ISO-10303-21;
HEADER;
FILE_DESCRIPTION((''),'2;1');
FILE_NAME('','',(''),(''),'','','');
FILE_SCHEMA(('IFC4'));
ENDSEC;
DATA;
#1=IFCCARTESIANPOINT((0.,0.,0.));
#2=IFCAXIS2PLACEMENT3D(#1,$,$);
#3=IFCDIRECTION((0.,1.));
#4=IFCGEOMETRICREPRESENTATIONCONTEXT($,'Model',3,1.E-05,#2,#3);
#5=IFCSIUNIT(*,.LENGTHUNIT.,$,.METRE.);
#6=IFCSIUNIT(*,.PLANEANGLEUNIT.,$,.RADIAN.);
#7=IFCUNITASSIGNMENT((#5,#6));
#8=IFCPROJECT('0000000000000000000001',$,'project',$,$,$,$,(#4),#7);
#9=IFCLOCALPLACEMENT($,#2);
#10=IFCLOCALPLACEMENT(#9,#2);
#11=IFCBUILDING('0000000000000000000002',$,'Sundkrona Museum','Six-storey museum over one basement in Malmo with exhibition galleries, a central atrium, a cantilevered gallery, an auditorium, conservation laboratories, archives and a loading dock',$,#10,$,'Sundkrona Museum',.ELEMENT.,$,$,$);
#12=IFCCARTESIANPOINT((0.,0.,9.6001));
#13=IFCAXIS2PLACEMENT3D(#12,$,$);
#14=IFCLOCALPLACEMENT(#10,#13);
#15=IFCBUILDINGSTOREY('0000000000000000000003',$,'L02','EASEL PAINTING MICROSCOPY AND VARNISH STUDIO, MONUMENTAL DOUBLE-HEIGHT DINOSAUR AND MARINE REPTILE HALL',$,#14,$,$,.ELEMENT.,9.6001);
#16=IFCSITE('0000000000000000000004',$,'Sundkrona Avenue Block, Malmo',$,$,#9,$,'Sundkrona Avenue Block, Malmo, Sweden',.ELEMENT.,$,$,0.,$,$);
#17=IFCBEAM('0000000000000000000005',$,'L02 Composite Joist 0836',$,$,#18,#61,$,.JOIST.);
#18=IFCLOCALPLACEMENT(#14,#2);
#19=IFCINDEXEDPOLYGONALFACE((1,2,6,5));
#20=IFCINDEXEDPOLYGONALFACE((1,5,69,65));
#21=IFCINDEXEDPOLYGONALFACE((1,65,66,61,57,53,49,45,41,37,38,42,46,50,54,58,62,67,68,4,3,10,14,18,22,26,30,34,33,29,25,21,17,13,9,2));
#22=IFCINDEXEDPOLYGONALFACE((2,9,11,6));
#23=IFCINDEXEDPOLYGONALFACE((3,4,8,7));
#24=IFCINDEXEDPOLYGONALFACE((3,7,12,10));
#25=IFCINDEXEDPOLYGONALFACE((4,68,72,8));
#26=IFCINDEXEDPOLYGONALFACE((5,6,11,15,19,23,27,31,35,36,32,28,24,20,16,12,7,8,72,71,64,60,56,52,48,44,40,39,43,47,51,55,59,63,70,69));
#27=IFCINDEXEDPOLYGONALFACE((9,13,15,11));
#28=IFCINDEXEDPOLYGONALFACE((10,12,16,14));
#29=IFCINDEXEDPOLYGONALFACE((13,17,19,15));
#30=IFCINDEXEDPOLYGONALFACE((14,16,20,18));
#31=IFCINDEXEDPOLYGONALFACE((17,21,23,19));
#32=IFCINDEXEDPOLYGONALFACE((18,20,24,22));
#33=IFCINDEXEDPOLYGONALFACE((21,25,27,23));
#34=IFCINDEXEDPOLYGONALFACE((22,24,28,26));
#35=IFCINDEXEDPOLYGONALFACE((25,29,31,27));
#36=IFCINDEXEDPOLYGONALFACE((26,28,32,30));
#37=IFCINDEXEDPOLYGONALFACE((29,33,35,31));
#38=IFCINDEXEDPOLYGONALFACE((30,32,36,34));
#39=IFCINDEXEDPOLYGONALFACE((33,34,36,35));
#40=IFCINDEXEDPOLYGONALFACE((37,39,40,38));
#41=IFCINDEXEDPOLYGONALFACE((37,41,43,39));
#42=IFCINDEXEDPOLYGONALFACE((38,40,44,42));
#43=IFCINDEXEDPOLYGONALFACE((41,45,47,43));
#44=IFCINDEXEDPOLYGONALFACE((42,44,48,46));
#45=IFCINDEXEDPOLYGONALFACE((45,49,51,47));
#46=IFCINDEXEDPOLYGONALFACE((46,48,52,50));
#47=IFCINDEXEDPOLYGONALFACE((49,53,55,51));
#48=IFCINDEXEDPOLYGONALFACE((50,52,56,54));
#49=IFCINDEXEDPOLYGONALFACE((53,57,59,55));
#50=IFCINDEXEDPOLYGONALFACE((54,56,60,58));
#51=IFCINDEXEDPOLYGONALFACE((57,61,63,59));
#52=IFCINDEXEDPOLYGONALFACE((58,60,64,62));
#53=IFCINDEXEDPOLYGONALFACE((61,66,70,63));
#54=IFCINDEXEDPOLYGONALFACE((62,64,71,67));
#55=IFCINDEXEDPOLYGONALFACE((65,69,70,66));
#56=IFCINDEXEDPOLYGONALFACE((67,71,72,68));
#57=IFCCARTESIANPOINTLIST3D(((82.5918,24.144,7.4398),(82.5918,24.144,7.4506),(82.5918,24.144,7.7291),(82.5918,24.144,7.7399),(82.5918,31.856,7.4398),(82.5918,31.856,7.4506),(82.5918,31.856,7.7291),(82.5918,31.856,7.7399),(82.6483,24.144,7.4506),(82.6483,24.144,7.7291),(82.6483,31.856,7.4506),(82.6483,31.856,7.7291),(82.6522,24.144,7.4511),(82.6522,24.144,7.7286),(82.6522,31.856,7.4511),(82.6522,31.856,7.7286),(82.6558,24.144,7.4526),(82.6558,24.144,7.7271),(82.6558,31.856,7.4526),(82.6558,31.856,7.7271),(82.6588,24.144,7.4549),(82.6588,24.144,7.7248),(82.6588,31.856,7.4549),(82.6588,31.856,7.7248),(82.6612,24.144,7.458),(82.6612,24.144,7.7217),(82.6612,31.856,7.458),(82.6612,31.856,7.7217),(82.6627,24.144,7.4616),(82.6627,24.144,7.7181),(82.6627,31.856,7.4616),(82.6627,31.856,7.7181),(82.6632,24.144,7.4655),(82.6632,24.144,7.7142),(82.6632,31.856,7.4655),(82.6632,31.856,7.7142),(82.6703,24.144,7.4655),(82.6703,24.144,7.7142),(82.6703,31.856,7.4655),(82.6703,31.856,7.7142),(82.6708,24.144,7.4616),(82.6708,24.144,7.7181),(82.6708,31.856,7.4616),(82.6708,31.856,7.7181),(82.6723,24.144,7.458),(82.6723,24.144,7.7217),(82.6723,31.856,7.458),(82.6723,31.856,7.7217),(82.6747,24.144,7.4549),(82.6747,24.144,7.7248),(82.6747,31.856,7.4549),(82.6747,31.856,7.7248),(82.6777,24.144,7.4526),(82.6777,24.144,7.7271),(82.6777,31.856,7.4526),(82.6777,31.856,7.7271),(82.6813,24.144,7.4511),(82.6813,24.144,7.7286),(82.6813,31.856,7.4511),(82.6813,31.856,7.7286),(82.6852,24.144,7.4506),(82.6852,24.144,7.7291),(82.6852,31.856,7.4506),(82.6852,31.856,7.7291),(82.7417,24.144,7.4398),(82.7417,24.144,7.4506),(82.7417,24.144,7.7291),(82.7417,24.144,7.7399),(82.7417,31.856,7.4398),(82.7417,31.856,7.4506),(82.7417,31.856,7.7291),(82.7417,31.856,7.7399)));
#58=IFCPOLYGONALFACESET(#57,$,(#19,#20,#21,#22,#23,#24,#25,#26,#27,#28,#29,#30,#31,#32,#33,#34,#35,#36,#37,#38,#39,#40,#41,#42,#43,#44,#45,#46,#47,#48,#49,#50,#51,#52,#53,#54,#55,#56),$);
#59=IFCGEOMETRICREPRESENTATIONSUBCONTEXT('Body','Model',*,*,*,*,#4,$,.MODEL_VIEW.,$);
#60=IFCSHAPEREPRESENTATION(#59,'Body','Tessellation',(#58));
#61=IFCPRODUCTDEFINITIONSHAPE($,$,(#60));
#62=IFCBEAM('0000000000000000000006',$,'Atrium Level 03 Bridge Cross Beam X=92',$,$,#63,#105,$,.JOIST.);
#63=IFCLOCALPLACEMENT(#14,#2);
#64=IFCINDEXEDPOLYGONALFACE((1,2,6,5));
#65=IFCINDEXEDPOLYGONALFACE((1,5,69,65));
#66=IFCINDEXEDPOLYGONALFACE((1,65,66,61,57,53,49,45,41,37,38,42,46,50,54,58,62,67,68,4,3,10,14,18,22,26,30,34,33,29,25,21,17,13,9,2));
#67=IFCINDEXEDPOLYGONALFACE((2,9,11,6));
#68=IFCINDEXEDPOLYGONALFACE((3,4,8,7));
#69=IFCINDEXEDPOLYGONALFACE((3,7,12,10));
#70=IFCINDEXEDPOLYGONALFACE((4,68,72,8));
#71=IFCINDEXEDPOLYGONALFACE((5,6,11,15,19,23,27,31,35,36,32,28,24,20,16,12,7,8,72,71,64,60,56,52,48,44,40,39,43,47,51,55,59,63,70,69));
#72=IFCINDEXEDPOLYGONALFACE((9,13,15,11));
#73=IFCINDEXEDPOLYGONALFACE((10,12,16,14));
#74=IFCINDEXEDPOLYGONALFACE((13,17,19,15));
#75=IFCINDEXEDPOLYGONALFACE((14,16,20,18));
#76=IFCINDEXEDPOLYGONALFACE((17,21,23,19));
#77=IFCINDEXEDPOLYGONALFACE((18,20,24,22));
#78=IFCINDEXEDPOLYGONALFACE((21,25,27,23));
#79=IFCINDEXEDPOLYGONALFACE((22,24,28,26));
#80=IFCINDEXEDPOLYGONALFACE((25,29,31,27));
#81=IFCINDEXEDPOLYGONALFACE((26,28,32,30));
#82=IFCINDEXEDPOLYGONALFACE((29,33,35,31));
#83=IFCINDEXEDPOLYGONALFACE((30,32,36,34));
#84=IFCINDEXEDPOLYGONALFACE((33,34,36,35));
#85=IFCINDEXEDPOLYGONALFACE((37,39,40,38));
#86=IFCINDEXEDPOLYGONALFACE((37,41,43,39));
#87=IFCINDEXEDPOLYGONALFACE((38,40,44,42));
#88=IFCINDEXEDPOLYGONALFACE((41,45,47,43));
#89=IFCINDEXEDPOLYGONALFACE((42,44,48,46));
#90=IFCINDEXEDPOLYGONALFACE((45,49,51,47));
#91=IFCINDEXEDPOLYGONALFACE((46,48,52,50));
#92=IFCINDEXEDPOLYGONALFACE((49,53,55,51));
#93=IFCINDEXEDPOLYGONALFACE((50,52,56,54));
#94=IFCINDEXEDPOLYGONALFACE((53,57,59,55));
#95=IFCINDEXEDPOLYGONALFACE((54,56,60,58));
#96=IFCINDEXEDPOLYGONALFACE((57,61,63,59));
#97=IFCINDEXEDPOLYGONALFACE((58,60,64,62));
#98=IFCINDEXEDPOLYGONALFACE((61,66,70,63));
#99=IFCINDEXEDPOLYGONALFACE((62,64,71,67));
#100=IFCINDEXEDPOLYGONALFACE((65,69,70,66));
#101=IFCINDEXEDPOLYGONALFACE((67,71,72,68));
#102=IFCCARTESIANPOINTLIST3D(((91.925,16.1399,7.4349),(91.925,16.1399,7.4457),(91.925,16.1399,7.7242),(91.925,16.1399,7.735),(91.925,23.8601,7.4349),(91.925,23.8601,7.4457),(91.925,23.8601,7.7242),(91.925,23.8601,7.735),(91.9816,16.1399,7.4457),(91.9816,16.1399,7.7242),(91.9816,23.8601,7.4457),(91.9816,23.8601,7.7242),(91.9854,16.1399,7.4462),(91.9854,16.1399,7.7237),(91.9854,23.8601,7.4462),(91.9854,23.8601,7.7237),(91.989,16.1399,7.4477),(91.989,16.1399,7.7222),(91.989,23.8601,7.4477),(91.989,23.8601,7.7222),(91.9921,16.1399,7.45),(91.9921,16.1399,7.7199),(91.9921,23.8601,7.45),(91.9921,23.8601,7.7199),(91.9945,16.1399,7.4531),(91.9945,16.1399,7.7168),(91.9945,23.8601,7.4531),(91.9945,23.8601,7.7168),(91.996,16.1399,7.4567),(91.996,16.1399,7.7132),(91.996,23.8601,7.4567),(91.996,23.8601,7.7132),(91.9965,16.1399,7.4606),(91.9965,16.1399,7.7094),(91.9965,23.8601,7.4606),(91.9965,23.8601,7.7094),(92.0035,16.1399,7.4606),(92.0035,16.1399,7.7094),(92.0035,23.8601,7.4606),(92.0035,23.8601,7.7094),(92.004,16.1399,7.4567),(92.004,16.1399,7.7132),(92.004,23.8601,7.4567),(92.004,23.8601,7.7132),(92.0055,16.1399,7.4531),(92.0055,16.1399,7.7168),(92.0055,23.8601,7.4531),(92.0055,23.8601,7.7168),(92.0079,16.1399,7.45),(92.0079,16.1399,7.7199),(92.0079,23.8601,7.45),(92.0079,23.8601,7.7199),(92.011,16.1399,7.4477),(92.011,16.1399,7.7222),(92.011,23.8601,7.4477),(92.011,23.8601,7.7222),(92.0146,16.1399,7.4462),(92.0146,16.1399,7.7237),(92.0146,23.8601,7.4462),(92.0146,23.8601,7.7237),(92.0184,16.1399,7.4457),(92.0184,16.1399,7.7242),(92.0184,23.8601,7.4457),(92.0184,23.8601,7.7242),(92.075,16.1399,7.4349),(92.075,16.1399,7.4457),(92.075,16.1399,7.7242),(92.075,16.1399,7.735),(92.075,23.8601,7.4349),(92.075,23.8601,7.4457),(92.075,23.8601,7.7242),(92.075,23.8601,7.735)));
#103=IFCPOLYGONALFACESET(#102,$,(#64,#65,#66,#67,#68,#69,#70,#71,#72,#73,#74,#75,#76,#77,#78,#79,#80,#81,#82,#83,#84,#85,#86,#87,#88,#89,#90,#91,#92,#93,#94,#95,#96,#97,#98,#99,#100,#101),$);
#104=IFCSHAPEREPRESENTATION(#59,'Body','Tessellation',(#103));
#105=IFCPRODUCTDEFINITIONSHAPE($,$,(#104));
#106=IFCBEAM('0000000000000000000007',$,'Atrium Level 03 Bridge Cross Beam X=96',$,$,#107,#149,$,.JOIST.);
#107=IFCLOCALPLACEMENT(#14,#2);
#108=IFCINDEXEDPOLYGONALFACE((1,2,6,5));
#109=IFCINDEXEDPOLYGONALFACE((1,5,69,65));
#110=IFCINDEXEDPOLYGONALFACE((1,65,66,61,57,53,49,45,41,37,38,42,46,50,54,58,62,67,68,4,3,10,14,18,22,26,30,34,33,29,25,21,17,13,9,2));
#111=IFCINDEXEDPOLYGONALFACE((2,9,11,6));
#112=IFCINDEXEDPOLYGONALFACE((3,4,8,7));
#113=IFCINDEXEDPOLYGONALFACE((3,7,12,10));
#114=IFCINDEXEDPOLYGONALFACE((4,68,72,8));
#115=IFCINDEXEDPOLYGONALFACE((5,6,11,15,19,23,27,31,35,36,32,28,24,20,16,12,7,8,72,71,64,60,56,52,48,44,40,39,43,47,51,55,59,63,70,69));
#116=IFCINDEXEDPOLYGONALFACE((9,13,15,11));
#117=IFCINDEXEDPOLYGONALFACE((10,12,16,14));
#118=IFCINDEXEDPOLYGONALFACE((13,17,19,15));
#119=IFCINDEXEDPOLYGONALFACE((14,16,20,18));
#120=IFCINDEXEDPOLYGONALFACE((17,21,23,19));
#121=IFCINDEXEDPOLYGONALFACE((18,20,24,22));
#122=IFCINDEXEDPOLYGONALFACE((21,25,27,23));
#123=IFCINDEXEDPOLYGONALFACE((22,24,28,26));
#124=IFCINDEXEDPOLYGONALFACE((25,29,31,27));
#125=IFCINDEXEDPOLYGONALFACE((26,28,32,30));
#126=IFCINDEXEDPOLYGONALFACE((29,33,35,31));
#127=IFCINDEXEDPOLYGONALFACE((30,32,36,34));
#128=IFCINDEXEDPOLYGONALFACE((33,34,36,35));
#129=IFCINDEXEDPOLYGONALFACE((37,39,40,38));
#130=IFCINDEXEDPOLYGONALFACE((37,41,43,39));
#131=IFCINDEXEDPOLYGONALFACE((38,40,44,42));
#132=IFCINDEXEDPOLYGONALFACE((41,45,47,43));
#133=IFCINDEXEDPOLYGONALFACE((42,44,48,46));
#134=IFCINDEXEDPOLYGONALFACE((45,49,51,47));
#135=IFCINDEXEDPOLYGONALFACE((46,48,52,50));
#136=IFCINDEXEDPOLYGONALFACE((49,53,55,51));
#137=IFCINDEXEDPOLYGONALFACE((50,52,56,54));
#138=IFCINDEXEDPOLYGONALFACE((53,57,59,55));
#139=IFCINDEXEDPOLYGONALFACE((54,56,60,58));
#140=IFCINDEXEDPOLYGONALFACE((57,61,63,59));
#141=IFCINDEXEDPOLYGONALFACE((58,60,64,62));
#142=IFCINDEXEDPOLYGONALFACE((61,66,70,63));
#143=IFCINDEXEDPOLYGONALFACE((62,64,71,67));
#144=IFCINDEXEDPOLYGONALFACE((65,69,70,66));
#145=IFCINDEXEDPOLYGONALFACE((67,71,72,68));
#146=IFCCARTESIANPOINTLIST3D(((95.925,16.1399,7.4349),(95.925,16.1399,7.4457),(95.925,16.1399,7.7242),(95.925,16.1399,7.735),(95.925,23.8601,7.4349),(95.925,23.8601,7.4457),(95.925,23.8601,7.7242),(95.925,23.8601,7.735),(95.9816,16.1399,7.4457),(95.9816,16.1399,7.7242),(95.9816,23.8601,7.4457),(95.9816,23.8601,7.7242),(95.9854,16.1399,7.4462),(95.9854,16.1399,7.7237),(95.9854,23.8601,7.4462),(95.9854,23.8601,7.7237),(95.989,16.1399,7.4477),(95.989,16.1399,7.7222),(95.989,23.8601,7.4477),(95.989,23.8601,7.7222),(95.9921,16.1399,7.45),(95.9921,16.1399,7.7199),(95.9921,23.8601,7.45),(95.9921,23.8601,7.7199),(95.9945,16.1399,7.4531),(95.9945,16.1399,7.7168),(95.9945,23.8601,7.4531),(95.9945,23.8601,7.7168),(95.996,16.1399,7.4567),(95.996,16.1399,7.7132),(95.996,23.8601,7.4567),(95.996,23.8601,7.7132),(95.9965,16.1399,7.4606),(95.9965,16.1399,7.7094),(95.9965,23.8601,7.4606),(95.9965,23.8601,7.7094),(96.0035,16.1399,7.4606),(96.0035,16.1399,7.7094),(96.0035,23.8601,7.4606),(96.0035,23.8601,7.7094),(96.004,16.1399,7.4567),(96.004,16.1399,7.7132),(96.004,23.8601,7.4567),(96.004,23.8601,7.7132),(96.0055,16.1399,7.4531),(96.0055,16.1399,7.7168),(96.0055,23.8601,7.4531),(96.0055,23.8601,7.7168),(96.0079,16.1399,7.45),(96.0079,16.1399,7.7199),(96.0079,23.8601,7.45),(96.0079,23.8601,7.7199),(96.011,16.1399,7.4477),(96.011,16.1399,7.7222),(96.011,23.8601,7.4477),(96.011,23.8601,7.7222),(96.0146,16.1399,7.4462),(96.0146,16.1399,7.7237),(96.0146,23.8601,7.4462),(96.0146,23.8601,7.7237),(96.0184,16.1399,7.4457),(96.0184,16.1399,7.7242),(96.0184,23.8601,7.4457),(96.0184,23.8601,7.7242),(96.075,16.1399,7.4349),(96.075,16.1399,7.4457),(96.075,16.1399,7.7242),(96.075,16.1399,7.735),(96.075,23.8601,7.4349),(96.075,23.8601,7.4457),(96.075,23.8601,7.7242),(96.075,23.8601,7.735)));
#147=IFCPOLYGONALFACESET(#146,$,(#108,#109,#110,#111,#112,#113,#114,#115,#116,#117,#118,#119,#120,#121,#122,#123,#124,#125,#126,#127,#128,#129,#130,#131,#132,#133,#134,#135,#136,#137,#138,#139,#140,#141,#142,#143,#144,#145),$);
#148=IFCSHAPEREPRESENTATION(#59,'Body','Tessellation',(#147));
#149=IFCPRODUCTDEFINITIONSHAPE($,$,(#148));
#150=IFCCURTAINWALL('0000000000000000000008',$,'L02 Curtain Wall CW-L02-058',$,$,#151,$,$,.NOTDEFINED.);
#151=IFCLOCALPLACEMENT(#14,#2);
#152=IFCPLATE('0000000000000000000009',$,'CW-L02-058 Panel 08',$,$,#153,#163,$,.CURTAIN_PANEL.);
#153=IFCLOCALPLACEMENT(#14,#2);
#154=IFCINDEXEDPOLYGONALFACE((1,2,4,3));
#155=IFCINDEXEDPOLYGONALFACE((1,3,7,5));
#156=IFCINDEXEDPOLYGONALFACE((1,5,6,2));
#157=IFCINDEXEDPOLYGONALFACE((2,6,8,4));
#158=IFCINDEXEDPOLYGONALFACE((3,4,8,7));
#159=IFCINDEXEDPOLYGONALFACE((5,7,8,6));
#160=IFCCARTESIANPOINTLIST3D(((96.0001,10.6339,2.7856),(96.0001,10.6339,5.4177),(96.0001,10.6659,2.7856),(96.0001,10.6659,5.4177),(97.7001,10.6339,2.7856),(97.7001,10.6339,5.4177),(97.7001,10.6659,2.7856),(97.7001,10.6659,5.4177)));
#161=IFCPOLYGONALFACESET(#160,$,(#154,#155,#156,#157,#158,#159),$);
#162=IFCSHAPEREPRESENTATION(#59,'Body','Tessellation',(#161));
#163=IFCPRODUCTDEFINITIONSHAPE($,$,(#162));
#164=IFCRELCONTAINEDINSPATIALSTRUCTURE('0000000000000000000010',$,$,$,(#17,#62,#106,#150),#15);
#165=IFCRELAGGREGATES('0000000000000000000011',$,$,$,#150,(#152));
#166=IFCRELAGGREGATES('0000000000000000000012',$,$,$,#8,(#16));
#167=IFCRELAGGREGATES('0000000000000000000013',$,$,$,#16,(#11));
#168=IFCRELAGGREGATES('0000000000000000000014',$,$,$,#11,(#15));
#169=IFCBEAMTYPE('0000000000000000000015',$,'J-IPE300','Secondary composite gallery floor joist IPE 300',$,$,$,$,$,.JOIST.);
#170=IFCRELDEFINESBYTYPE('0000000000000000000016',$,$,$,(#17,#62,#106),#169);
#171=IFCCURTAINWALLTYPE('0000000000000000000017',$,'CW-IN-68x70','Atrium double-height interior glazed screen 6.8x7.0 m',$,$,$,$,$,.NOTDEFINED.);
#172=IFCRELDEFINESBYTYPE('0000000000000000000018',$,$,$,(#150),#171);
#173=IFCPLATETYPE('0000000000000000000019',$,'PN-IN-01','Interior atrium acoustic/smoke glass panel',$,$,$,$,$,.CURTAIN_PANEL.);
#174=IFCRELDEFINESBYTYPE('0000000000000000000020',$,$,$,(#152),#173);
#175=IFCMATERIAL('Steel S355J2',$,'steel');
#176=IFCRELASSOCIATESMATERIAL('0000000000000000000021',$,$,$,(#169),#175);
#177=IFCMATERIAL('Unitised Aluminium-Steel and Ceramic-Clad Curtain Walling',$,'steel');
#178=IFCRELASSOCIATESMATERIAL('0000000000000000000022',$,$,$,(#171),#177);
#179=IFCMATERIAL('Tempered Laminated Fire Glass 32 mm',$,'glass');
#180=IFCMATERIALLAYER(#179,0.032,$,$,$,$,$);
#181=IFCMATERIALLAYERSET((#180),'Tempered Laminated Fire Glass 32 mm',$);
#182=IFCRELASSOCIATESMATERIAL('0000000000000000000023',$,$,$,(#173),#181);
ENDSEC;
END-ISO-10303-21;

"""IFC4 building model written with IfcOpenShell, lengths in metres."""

from ifc_helpers import new_model, si_unit, direction, frame, origin, origin_2d, place, context, subcontext, project, spatial, rectangle, i_section, extrude, material, layer, layer_set, material_profile, profile_set, type_object, element, aggregate, save


model = new_model("IFC4")

# Units and contexts
model_context = context("Model", 3, precision=1e-05, world=origin(), true_north=direction((0.0, 1.0)))
body_context = subcontext(model_context, "Body", "Model", "MODEL_VIEW")
ifc_project = project(units=[si_unit("LENGTHUNIT", "METRE"), si_unit("PLANEANGLEUNIT", "RADIAN")], contexts=[model_context])

# Site, building, storey
site_placement = place(None, origin())
site = spatial("IfcSite", under=ifc_project, at=site_placement, Name="Sundkrona Avenue Block, Malmo", LongName="Sundkrona Avenue Block, Malmo, Sweden", CompositionType="ELEMENT", RefElevation=0.0)
building_placement = place(site_placement, origin())
building = spatial("IfcBuilding", under=site, at=building_placement, Name="Sundkrona Museum", Description="Six-storey museum over one basement in Malmo with exhibition galleries, a central atrium, a cantilevered gallery, an auditorium, conservation laboratories, archives and a loading dock", LongName="Sundkrona Museum", CompositionType="ELEMENT")
storey_placement = place(building_placement, frame((0.0, 0.0, 9.6001)))
storey = spatial("IfcBuildingStorey", under=building, at=storey_placement, Name="L02", Description="EASEL PAINTING MICROSCOPY AND VARNISH STUDIO, MONUMENTAL DOUBLE-HEIGHT DINOSAUR AND MARINE REPTILE HALL", CompositionType="ELEMENT", Elevation=9.6001)

# Shared definitions
ifc_material_1 = material(Name="Steel S355J2", Category="steel")

# Beams
ifc_material_profile_1 = material_profile(ifc_material_1, i_section(OverallWidth=0.1499, OverallDepth=0.3, WebThickness=0.0071, FlangeThickness=0.0107, FilletRadius=0.0149, at=origin_2d()), Name="IPE 300")
ifc_profile_set_1 = profile_set([ifc_material_profile_1], Name="Steel S355J2")
beam_type_1 = type_object("IfcBeamType", Name="J-IPE300", Description="Secondary composite gallery floor joist IPE 300", PredefinedType="JOIST", material=ifc_profile_set_1)
for number, where, z_axis, x_axis, name in (
    (1, (82.6667, 24.144, 7.5898), (0.0, 1.0, 0.0), (-1.0, 0.0, 0.0), "L02 Composite Joist 0836"),
):
    element("IfcBeam", number, at=place(storey_placement, frame(where, z_axis=z_axis, x_axis=x_axis)), inside=storey, type_object=beam_type_1, Name=name, PredefinedType="JOIST", context=body_context, shape_type="SweptSolid", body=[
        extrude(i_section(OverallWidth=0.1499, OverallDepth=0.3, WebThickness=0.0071, FlangeThickness=0.0107, FilletRadius=0.0149, at=origin_2d()), origin(), (0.0, 0.0, 1.0), 7.7119),
    ])
for number, where, z_axis, x_axis, name in (
    (2, (92.0, 16.1399, 7.585), (0.0, 1.0, 0.0), (-1.0, 0.0, 0.0), "Atrium Level 03 Bridge Cross Beam X=92"),
    (3, (96.0, 16.1399, 7.585), (0.0, 1.0, 0.0), (-1.0, 0.0, 0.0), "Atrium Level 03 Bridge Cross Beam X=96"),
):
    element("IfcBeam", number, at=place(storey_placement, frame(where, z_axis=z_axis, x_axis=x_axis)), inside=storey, type_object=beam_type_1, Name=name, PredefinedType="JOIST", context=body_context, shape_type="SweptSolid", body=[
        extrude(i_section(OverallWidth=0.1499, OverallDepth=0.3, WebThickness=0.0071, FlangeThickness=0.0107, FilletRadius=0.0149, at=origin_2d()), origin(), (0.0, 0.0, 1.0), 7.7202),
    ])

# Curtain wall, plate
ifc_material_2 = material(Name="Unitised Aluminium-Steel and Ceramic-Clad Curtain Walling", Category="steel")
curtain_wall_type = type_object("IfcCurtainWallType", Name="CW-IN-68x70", Description="Atrium double-height interior glazed screen 6.8x7.0 m", PredefinedType="NOTDEFINED", material=ifc_material_2)
curtain_wall_placement = place(storey_placement, origin())
curtain_wall = element("IfcCurtainWall", 4, at=curtain_wall_placement, inside=storey, type_object=curtain_wall_type, Name="L02 Curtain Wall CW-L02-058", PredefinedType="NOTDEFINED")
ifc_material_3 = material(Name="Tempered Laminated Fire Glass 32 mm", Category="glass")
ifc_layer = layer(ifc_material_3, 0.032)
ifc_layer_set = layer_set([ifc_layer], Name="Tempered Laminated Fire Glass 32 mm")
plate_type = type_object("IfcPlateType", Name="PN-IN-01", Description="Interior atrium acoustic/smoke glass panel", PredefinedType="CURTAIN_PANEL", material=ifc_layer_set)
plate_placement = place(storey_placement, frame((96.8501, 10.6499, 2.7856), z_axis=(0.0, 0.0, 1.0), x_axis=(1.0, 0.0, 0.0)))
plate = element("IfcPlate", 5, at=plate_placement, type_object=plate_type, Name="CW-L02-058 Panel 08", PredefinedType="CURTAIN_PANEL", context=body_context, shape_type="SweptSolid", body=[
    extrude(rectangle(XDim=1.7, YDim=0.032, at=origin_2d()), origin(), (0.0, 0.0, 1.0), 2.6321),
])
aggregate(curtain_wall, [plate])

save(model, "model.ifc")
